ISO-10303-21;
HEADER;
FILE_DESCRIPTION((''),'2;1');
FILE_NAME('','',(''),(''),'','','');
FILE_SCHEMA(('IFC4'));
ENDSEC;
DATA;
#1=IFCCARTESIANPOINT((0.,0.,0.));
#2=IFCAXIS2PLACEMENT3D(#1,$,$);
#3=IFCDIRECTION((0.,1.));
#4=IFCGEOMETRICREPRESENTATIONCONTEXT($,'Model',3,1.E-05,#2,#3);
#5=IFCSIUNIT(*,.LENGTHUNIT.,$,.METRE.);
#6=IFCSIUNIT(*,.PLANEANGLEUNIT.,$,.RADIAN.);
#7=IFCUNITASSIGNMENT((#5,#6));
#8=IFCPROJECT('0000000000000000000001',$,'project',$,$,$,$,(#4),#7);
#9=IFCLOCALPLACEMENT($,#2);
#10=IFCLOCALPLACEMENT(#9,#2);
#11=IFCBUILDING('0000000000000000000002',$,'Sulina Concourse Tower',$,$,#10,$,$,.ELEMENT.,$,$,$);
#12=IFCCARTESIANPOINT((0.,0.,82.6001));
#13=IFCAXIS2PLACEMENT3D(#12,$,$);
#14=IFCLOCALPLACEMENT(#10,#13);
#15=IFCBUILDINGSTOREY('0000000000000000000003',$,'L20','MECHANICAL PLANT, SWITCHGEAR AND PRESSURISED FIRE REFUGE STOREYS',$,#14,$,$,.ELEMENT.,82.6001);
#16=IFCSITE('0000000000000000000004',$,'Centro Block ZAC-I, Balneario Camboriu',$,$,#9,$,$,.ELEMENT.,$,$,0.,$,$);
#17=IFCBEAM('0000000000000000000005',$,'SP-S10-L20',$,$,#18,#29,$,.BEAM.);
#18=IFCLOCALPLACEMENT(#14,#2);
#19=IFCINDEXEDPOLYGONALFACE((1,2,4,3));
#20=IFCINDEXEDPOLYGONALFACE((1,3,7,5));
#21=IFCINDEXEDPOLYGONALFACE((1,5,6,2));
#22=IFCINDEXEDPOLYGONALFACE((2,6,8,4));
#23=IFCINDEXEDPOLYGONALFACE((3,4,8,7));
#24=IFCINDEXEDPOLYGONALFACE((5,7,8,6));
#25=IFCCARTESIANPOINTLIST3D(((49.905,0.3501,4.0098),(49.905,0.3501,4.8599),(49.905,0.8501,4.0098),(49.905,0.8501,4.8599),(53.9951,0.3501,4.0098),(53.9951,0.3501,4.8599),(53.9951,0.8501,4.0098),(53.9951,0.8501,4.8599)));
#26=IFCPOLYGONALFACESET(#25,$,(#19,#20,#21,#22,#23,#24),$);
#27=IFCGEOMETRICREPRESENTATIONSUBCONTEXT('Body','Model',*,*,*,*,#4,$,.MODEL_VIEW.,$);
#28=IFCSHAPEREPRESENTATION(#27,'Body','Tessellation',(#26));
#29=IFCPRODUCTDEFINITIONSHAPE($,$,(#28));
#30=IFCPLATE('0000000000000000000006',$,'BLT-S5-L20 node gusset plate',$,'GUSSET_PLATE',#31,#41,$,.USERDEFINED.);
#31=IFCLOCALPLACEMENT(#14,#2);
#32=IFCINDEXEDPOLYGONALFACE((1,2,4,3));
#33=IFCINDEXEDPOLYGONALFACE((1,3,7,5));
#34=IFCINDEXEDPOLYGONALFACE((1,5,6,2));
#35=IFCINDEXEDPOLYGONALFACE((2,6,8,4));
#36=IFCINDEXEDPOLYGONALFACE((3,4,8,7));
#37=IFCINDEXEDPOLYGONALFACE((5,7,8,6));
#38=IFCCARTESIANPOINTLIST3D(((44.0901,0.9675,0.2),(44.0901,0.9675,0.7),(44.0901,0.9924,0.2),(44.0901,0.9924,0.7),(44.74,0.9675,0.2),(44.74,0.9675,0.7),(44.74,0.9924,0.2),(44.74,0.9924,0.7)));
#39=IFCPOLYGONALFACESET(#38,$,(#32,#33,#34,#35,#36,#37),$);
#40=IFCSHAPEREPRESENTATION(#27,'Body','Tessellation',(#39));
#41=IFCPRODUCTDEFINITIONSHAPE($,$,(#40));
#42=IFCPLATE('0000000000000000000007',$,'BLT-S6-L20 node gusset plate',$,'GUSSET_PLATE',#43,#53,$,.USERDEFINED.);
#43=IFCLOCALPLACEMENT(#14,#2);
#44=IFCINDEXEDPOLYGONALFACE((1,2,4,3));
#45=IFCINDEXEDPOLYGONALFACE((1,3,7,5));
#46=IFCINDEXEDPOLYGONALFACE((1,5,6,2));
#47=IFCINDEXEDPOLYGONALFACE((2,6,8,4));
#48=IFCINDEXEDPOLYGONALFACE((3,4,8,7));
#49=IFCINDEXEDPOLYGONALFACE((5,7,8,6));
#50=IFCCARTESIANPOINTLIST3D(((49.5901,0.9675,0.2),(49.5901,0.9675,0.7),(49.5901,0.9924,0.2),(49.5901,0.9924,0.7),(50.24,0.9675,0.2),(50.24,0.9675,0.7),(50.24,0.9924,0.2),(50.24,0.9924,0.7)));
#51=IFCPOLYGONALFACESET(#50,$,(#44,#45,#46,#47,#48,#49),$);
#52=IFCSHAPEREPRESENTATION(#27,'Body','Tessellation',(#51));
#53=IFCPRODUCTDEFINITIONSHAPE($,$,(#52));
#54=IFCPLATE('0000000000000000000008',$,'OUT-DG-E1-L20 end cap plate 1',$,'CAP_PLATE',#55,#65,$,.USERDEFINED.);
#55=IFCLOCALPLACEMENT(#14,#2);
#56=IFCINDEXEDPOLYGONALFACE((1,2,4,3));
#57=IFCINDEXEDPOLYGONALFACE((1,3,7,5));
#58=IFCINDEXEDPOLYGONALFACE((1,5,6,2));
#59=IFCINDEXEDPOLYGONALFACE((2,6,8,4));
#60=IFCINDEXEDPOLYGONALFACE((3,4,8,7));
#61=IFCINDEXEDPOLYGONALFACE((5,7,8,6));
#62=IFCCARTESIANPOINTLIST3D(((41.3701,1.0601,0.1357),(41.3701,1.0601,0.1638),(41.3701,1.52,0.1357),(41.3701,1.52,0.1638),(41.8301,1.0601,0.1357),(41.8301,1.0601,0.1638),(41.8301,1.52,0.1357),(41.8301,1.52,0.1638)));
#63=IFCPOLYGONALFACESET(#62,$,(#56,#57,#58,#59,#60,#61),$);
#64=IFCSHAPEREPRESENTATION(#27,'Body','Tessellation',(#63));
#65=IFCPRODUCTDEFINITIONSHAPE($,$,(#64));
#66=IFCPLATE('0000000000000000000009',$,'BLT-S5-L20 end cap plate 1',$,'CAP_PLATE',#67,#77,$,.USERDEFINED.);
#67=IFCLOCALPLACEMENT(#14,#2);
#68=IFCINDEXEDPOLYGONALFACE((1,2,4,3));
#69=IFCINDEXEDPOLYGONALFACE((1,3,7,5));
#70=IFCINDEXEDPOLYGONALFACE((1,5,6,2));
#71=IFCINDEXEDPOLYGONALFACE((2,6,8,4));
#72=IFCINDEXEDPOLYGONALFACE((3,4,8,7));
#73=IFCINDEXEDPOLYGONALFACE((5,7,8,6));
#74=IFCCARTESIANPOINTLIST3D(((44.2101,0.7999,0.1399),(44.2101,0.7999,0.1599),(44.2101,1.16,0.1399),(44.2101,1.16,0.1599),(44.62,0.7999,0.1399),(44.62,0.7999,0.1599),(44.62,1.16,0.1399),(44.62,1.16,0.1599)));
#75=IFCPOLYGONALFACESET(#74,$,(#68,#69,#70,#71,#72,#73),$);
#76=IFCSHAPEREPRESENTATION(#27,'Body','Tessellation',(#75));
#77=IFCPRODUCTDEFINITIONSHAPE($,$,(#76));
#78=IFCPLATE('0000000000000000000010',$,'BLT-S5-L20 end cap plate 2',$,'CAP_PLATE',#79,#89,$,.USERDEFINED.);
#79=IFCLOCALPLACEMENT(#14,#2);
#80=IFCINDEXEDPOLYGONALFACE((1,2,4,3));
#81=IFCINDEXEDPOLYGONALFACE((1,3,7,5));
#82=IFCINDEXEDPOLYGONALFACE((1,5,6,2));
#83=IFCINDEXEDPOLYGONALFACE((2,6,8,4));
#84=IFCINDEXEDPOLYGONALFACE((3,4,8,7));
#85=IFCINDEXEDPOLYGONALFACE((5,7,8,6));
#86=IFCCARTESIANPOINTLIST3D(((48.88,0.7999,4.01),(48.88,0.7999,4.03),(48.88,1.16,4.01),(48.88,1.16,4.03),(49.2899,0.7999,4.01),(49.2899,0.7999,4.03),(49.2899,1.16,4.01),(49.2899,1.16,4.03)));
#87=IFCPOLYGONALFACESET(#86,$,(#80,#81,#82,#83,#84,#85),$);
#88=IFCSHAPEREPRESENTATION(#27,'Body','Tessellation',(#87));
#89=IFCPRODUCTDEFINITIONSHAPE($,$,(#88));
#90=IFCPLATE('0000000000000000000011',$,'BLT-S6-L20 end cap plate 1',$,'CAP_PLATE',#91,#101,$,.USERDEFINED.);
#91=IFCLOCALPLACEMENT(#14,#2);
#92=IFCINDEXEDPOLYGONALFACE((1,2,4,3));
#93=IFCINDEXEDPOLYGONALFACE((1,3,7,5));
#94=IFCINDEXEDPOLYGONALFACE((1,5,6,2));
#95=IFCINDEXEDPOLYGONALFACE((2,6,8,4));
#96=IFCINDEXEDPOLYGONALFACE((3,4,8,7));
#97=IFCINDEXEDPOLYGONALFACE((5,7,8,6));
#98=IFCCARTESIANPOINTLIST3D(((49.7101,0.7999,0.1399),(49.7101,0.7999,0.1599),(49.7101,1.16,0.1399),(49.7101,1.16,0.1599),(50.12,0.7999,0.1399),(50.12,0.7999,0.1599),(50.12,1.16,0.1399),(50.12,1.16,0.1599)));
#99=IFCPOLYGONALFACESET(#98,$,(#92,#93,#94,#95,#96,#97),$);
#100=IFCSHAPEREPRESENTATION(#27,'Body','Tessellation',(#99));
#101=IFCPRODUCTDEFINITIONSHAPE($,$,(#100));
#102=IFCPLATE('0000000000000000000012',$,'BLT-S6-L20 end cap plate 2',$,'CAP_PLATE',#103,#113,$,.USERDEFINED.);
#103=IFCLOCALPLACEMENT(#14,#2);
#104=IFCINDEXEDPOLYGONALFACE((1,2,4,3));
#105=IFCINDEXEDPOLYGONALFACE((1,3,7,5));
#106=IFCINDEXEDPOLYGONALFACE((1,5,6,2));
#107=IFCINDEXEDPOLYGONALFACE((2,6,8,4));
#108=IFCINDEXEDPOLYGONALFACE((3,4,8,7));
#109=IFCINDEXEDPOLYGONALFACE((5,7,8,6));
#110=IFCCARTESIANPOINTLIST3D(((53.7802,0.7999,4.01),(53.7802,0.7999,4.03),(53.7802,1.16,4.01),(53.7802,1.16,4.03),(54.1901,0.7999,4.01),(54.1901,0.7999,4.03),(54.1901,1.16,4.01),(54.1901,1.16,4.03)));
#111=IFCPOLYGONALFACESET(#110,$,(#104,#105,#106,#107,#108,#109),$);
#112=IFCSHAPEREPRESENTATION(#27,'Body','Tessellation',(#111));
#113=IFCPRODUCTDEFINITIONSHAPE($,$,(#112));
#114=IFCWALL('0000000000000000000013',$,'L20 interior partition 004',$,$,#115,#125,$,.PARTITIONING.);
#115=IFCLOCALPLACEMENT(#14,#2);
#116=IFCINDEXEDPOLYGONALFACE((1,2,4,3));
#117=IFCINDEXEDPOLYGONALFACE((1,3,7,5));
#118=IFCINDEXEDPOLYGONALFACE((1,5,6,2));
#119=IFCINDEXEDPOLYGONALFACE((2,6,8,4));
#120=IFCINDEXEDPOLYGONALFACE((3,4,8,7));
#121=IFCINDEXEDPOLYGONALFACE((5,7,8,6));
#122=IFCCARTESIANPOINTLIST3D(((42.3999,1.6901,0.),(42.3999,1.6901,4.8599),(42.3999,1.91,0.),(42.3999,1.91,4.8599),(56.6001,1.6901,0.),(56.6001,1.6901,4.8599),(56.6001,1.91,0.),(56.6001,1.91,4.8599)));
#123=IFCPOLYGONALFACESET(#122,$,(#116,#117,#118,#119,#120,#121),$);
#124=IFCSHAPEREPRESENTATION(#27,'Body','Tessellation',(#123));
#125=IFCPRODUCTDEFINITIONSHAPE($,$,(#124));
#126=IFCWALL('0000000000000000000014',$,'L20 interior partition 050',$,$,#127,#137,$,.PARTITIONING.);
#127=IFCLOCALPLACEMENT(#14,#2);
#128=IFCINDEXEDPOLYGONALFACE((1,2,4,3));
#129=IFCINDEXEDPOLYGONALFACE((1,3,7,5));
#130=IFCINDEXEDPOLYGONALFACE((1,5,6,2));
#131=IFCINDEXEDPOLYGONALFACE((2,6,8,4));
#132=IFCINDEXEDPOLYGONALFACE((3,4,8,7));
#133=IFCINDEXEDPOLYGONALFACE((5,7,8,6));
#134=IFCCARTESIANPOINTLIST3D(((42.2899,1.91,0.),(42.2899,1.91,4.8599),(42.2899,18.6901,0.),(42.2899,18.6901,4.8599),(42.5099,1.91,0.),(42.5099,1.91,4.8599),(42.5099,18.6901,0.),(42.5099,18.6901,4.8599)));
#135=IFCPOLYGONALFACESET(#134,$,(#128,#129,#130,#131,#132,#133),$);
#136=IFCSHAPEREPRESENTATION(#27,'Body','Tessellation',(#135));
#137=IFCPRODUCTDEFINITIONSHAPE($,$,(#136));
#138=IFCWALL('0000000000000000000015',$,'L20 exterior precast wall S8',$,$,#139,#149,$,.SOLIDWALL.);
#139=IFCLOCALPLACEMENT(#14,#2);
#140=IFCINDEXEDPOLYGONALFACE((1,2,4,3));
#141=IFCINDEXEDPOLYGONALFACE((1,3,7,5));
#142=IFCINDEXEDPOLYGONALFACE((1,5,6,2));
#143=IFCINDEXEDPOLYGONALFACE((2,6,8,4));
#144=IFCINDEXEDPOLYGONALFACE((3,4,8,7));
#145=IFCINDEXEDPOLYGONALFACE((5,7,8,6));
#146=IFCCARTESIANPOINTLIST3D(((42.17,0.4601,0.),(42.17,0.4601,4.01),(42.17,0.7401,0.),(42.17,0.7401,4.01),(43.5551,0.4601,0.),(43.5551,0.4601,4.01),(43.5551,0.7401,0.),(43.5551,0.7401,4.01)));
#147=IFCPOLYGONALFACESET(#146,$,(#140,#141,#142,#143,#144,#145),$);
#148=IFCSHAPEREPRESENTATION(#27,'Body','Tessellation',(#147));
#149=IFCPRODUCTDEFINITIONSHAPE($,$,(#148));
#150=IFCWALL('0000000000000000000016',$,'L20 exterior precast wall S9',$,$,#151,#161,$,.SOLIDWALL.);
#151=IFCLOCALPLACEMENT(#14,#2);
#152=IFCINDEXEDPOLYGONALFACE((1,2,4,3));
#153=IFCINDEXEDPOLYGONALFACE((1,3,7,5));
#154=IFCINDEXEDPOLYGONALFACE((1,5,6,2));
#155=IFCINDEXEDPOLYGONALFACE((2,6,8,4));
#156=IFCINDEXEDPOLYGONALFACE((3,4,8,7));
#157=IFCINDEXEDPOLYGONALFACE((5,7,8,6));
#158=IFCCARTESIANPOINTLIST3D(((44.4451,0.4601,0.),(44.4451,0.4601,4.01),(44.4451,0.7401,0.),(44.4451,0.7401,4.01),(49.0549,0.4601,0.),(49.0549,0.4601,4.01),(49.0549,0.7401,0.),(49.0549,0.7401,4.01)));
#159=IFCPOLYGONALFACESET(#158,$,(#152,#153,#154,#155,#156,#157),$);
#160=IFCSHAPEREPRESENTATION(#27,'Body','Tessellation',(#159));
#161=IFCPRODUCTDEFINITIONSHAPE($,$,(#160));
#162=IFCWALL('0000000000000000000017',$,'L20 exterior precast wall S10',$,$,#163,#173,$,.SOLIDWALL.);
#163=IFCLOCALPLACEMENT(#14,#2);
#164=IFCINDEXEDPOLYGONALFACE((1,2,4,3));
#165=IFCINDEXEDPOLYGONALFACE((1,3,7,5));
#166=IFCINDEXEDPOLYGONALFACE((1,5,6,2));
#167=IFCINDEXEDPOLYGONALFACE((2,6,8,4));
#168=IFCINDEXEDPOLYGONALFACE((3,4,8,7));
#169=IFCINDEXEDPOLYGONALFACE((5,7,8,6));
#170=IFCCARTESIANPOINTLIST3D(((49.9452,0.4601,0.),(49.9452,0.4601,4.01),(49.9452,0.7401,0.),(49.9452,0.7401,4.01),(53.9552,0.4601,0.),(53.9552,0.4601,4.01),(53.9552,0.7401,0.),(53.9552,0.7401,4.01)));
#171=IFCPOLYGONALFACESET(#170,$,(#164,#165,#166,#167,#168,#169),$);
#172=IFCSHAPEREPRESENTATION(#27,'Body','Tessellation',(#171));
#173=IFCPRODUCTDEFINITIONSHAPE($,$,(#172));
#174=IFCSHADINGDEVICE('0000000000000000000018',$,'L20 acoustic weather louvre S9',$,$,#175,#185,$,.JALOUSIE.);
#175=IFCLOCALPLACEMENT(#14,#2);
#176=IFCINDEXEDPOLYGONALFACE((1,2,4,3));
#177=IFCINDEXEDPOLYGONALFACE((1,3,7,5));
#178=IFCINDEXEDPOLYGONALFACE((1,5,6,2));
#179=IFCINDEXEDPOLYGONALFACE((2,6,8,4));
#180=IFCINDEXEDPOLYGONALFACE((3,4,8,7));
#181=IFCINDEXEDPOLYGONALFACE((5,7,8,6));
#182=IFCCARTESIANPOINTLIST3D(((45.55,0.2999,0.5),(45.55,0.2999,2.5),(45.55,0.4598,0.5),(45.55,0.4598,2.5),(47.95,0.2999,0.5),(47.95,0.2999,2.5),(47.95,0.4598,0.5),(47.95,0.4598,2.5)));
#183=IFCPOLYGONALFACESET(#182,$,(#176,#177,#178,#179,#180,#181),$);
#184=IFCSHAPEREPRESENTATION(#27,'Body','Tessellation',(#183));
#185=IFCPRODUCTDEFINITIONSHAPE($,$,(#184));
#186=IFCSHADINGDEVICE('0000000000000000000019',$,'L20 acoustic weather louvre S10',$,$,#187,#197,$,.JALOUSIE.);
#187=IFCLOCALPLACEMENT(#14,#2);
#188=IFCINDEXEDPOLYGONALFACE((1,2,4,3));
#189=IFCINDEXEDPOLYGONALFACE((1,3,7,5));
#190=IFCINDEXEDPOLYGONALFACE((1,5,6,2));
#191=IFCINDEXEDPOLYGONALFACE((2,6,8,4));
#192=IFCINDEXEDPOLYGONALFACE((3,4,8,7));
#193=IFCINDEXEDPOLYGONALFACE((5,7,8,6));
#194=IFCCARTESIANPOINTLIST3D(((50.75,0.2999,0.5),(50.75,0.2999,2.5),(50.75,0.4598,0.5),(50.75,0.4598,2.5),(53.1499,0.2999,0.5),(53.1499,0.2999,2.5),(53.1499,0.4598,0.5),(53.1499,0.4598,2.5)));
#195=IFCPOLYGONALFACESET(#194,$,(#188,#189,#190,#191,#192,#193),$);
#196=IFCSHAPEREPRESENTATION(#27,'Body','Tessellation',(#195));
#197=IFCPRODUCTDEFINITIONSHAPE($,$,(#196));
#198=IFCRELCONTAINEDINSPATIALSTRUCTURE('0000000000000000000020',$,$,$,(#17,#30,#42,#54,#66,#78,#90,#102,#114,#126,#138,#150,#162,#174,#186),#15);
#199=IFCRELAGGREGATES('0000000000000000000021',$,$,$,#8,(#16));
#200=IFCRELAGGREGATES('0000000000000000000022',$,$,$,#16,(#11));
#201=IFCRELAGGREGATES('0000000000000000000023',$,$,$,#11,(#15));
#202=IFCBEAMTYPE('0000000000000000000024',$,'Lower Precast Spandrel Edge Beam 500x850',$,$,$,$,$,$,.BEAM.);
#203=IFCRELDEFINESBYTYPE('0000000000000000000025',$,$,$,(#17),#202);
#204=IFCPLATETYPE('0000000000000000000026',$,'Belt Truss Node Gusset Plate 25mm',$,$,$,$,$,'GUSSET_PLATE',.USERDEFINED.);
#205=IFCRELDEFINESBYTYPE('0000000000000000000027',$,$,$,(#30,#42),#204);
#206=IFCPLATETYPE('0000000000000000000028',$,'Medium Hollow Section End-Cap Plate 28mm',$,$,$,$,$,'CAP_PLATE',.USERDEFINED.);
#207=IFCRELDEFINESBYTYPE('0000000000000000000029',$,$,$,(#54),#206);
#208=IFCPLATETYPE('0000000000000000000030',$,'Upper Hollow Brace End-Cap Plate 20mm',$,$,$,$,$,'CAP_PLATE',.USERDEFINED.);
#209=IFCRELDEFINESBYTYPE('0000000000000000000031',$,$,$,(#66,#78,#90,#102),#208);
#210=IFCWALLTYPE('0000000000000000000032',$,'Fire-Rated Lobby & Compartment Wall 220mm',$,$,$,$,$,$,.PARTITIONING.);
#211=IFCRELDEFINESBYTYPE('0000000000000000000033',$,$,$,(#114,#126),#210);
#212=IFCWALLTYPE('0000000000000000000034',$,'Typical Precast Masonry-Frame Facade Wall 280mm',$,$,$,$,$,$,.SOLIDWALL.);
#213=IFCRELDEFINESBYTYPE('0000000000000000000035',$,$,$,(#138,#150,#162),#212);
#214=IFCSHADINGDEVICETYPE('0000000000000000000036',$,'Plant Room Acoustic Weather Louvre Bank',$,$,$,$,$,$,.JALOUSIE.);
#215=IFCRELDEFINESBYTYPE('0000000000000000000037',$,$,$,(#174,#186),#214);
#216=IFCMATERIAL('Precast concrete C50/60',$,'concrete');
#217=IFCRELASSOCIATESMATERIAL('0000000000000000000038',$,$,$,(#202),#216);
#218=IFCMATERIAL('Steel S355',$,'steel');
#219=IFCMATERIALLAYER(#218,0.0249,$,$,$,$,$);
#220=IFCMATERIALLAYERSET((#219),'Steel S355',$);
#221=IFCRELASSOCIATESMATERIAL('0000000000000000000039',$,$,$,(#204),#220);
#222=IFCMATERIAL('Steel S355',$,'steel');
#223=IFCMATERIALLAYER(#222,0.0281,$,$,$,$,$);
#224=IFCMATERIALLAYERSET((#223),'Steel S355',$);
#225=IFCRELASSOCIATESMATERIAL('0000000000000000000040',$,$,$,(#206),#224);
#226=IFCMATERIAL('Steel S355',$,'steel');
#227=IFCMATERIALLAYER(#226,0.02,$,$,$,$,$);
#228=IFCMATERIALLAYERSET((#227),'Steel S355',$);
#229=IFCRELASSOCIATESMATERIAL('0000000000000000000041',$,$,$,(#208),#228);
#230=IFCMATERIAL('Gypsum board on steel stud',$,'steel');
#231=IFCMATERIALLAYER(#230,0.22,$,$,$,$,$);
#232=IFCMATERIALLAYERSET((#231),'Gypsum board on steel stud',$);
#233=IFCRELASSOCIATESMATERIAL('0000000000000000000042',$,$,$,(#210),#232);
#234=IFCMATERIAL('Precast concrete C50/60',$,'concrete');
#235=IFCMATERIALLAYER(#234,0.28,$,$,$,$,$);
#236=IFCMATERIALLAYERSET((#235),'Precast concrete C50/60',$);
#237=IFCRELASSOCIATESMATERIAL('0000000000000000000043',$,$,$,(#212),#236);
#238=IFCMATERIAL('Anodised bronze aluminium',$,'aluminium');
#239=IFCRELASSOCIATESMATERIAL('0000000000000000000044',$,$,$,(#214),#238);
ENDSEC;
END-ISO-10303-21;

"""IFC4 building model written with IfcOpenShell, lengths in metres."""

from ifc_helpers import new_model, si_unit, direction, frame, frame_2d, origin, origin_2d, place, context, subcontext, project, spatial, rectangle, extrude, material, layer, layer_set, material_profile, profile_set, type_object, element, save


model = new_model("IFC4")

# Units and contexts
model_context = context("Model", 3, precision=1e-05, world=origin(), true_north=direction((0.0, 1.0)))
body_context = subcontext(model_context, "Body", "Model", "MODEL_VIEW")
ifc_project = project(units=[si_unit("LENGTHUNIT", "METRE"), si_unit("PLANEANGLEUNIT", "RADIAN")], contexts=[model_context])

# Site, building, storey
site_placement = place(None, origin())
site = spatial("IfcSite", under=ifc_project, at=site_placement, Name="Centro Block ZAC-I, Balneario Camboriu", CompositionType="ELEMENT", RefElevation=0.0)
building_placement = place(site_placement, origin())
building = spatial("IfcBuilding", under=site, at=building_placement, Name="Sulina Concourse Tower", CompositionType="ELEMENT")
storey_placement = place(building_placement, frame((0.0, 0.0, 82.6001)))
storey = spatial("IfcBuildingStorey", under=building, at=storey_placement, Name="L20", Description="MECHANICAL PLANT, SWITCHGEAR AND PRESSURISED FIRE REFUGE STOREYS", CompositionType="ELEMENT", Elevation=82.6001)

# Beam
ifc_material_1 = material(Name="Precast concrete C50/60", Category="concrete")
ifc_material_profile_1 = material_profile(ifc_material_1, rectangle(XDim=0.5, YDim=0.8501, at=origin_2d()), Name="RC 500x850")
ifc_profile_set_1 = profile_set([ifc_material_profile_1], Name="Precast concrete C50/60")
beam_type_1 = type_object("IfcBeamType", Name="Lower Precast Spandrel Edge Beam 500x850", PredefinedType="BEAM", material=ifc_profile_set_1)
beam_1_placement = place(storey_placement, frame((49.905, 0.6001, 4.4348), z_axis=(1.0, 0.0, 0.0), x_axis=(0.0, 1.0, 0.0)))
element("IfcBeam", 1, at=beam_1_placement, inside=storey, type_object=beam_type_1, Name="SP-S10-L20", PredefinedType="BEAM", context=body_context, shape_type="SweptSolid", body=[
    extrude(rectangle(XDim=0.5, YDim=0.8501, at=origin_2d()), origin(), (0.0, 0.0, 1.0), 4.0901),
])

# Plates
ifc_material_2 = material(Name="Steel S355", Category="steel")
ifc_layer_1 = layer(ifc_material_2, 0.0249)
ifc_layer_set_1 = layer_set([ifc_layer_1], Name="Steel S355")
plate_type_1 = type_object("IfcPlateType", Name="Belt Truss Node Gusset Plate 25mm", ElementType="GUSSET_PLATE", PredefinedType="USERDEFINED", material=ifc_layer_set_1)
for number, where, z_axis, x_axis, name in (
    (2, (44.415, 0.98, 0.2), (0.0, 0.0, 1.0), (1.0, 0.0, 0.0), "BLT-S5-L20 node gusset plate"),
    (3, (49.915, 0.98, 0.2), (0.0, 0.0, 1.0), (1.0, 0.0, 0.0), "BLT-S6-L20 node gusset plate"),
):
    element("IfcPlate", number, at=place(storey_placement, frame(where, z_axis=z_axis, x_axis=x_axis)), inside=storey, type_object=plate_type_1, Name=name, ObjectType="GUSSET_PLATE", PredefinedType="USERDEFINED", context=body_context, shape_type="SweptSolid", body=[
        extrude(rectangle(XDim=0.6499, YDim=0.0249, at=origin_2d()), origin(), (0.0, 0.0, 1.0), 0.5),
    ])
ifc_material_3 = material(Name="Steel S355", Category="steel")
ifc_layer_2 = layer(ifc_material_3, 0.0281)
ifc_layer_set_2 = layer_set([ifc_layer_2], Name="Steel S355")
plate_type_2 = type_object("IfcPlateType", Name="Medium Hollow Section End-Cap Plate 28mm", ElementType="CAP_PLATE", PredefinedType="USERDEFINED", material=ifc_layer_set_2)
plate_placement = place(storey_placement, frame((41.6001, 1.29, 0.1357), z_axis=(0.0, 0.0, 1.0), x_axis=(1.0, 0.0, 0.0)))
element("IfcPlate", 4, at=plate_placement, inside=storey, type_object=plate_type_2, Name="OUT-DG-E1-L20 end cap plate 1", ObjectType="CAP_PLATE", PredefinedType="USERDEFINED", context=body_context, shape_type="SweptSolid", body=[
    extrude(rectangle(XDim=0.46, YDim=0.46, at=origin_2d()), origin(), (0.0, 0.0, 1.0), 0.0281),
])
ifc_material_4 = material(Name="Steel S355", Category="steel")
ifc_layer_3 = layer(ifc_material_4, 0.02)
ifc_layer_set_3 = layer_set([ifc_layer_3], Name="Steel S355")
plate_type_3 = type_object("IfcPlateType", Name="Upper Hollow Brace End-Cap Plate 20mm", ElementType="CAP_PLATE", PredefinedType="USERDEFINED", material=ifc_layer_set_3)
for number, where, z_axis, x_axis, name in (
    (5, (44.415, 0.98, 0.1399), (0.0, 0.0, 1.0), (1.0, 0.0, 0.0), "BLT-S5-L20 end cap plate 1"),
    (6, (49.085, 0.98, 4.01), (0.0, 0.0, 1.0), (1.0, 0.0, 0.0), "BLT-S5-L20 end cap plate 2"),
    (7, (49.915, 0.98, 0.1399), (0.0, 0.0, 1.0), (1.0, 0.0, 0.0), "BLT-S6-L20 end cap plate 1"),
    (8, (53.9851, 0.98, 4.01), (0.0, 0.0, 1.0), (1.0, 0.0, 0.0), "BLT-S6-L20 end cap plate 2"),
):
    element("IfcPlate", number, at=place(storey_placement, frame(where, z_axis=z_axis, x_axis=x_axis)), inside=storey, type_object=plate_type_3, Name=name, ObjectType="CAP_PLATE", PredefinedType="USERDEFINED", context=body_context, shape_type="SweptSolid", body=[
        extrude(rectangle(XDim=0.4099, YDim=0.3601, at=origin_2d()), origin(), (0.0, 0.0, 1.0), 0.02),
    ])

# Walls
ifc_material_5 = material(Name="Gypsum board on steel stud", Category="steel")
ifc_layer_4 = layer(ifc_material_5, 0.22)
ifc_layer_set_4 = layer_set([ifc_layer_4], Name="Gypsum board on steel stud")
wall_type_1 = type_object("IfcWallType", Name="Fire-Rated Lobby & Compartment Wall 220mm", PredefinedType="PARTITIONING", material=ifc_layer_set_4)
wall_1_placement = place(storey_placement, frame((42.3999, 1.8, 0.0), z_axis=(0.0, 0.0, 1.0), x_axis=(1.0, 0.0, 0.0)))
element("IfcWall", 9, at=wall_1_placement, inside=storey, type_object=wall_type_1, Name="L20 interior partition 004", PredefinedType="PARTITIONING", context=body_context, shape_type="SweptSolid", body=[
    extrude(rectangle(XDim=14.2002, YDim=0.22, at=frame_2d((7.1001, 0.0))), origin(), (0.0, 0.0, 1.0), 4.8599),
])
wall_2_placement = place(storey_placement, frame((42.3999, 1.9099, 0.0), z_axis=(0.0, 0.0, 1.0), x_axis=(0.0, 1.0, 0.0)))
element("IfcWall", 10, at=wall_2_placement, inside=storey, type_object=wall_type_1, Name="L20 interior partition 050", PredefinedType="PARTITIONING", context=body_context, shape_type="SweptSolid", body=[
    extrude(rectangle(XDim=16.78, YDim=0.22, at=frame_2d((8.3901, 0.0))), origin(), (0.0, 0.0, 1.0), 4.8599),
])
ifc_material_6 = material(Name="Precast concrete C50/60", Category="concrete")
ifc_layer_5 = layer(ifc_material_6, 0.28)
ifc_layer_set_5 = layer_set([ifc_layer_5], Name="Precast concrete C50/60")
wall_type_2 = type_object("IfcWallType", Name="Typical Precast Masonry-Frame Facade Wall 280mm", PredefinedType="SOLIDWALL", material=ifc_layer_set_5)
wall_3_placement = place(storey_placement, frame((43.5549, 0.6001, 0.0), z_axis=(0.0, 0.0, 1.0), x_axis=(-1.0, 0.0, 0.0)))
element("IfcWall", 11, at=wall_3_placement, inside=storey, type_object=wall_type_2, Name="L20 exterior precast wall S8", PredefinedType="SOLIDWALL", context=body_context, shape_type="SweptSolid", body=[
    extrude(rectangle(XDim=1.385, YDim=0.28, at=frame_2d((0.6924, 0.0))), origin(), (0.0, 0.0, 1.0), 4.01),
])
wall_4_placement = place(storey_placement, frame((49.0549, 0.6001, 0.0), z_axis=(0.0, 0.0, 1.0), x_axis=(-1.0, 0.0, 0.0)))
element("IfcWall", 12, at=wall_4_placement, inside=storey, type_object=wall_type_2, Name="L20 exterior precast wall S9", PredefinedType="SOLIDWALL", context=body_context, shape_type="SweptSolid", body=[
    extrude(rectangle(XDim=4.6099, YDim=0.28, at=frame_2d((2.3049, 0.0))), origin(), (0.0, 0.0, 1.0), 4.01),
])
wall_5_placement = place(storey_placement, frame((53.9551, 0.6001, 0.0), z_axis=(0.0, 0.0, 1.0), x_axis=(-1.0, 0.0, 0.0)))
element("IfcWall", 13, at=wall_5_placement, inside=storey, type_object=wall_type_2, Name="L20 exterior precast wall S10", PredefinedType="SOLIDWALL", context=body_context, shape_type="SweptSolid", body=[
    extrude(rectangle(XDim=4.01, YDim=0.28, at=frame_2d((2.0049, 0.0))), origin(), (0.0, 0.0, 1.0), 4.01),
])

# Shading devices
ifc_material_7 = material(Name="Anodised bronze aluminium", Category="aluminium")
shading_device_type = type_object("IfcShadingDeviceType", Name="Plant Room Acoustic Weather Louvre Bank", PredefinedType="JALOUSIE", material=ifc_material_7)
for number, where, z_axis, x_axis, name in (
    (14, (46.75, 0.3799, 0.5), (0.0, 0.0, 1.0), (1.0, 0.0, 0.0), "L20 acoustic weather louvre S9"),
    (15, (51.95, 0.3799, 0.5), (0.0, 0.0, 1.0), (1.0, 0.0, 0.0), "L20 acoustic weather louvre S10"),
):
    element("IfcShadingDevice", number, at=place(storey_placement, frame(where, z_axis=z_axis, x_axis=x_axis)), inside=storey, type_object=shading_device_type, Name=name, PredefinedType="JALOUSIE", context=body_context, shape_type="SweptSolid", body=[
        extrude(rectangle(XDim=2.3999, YDim=0.1599, at=origin_2d()), origin(), (0.0, 0.0, 1.0), 2.0),
    ])

save(model, "model.ifc")
